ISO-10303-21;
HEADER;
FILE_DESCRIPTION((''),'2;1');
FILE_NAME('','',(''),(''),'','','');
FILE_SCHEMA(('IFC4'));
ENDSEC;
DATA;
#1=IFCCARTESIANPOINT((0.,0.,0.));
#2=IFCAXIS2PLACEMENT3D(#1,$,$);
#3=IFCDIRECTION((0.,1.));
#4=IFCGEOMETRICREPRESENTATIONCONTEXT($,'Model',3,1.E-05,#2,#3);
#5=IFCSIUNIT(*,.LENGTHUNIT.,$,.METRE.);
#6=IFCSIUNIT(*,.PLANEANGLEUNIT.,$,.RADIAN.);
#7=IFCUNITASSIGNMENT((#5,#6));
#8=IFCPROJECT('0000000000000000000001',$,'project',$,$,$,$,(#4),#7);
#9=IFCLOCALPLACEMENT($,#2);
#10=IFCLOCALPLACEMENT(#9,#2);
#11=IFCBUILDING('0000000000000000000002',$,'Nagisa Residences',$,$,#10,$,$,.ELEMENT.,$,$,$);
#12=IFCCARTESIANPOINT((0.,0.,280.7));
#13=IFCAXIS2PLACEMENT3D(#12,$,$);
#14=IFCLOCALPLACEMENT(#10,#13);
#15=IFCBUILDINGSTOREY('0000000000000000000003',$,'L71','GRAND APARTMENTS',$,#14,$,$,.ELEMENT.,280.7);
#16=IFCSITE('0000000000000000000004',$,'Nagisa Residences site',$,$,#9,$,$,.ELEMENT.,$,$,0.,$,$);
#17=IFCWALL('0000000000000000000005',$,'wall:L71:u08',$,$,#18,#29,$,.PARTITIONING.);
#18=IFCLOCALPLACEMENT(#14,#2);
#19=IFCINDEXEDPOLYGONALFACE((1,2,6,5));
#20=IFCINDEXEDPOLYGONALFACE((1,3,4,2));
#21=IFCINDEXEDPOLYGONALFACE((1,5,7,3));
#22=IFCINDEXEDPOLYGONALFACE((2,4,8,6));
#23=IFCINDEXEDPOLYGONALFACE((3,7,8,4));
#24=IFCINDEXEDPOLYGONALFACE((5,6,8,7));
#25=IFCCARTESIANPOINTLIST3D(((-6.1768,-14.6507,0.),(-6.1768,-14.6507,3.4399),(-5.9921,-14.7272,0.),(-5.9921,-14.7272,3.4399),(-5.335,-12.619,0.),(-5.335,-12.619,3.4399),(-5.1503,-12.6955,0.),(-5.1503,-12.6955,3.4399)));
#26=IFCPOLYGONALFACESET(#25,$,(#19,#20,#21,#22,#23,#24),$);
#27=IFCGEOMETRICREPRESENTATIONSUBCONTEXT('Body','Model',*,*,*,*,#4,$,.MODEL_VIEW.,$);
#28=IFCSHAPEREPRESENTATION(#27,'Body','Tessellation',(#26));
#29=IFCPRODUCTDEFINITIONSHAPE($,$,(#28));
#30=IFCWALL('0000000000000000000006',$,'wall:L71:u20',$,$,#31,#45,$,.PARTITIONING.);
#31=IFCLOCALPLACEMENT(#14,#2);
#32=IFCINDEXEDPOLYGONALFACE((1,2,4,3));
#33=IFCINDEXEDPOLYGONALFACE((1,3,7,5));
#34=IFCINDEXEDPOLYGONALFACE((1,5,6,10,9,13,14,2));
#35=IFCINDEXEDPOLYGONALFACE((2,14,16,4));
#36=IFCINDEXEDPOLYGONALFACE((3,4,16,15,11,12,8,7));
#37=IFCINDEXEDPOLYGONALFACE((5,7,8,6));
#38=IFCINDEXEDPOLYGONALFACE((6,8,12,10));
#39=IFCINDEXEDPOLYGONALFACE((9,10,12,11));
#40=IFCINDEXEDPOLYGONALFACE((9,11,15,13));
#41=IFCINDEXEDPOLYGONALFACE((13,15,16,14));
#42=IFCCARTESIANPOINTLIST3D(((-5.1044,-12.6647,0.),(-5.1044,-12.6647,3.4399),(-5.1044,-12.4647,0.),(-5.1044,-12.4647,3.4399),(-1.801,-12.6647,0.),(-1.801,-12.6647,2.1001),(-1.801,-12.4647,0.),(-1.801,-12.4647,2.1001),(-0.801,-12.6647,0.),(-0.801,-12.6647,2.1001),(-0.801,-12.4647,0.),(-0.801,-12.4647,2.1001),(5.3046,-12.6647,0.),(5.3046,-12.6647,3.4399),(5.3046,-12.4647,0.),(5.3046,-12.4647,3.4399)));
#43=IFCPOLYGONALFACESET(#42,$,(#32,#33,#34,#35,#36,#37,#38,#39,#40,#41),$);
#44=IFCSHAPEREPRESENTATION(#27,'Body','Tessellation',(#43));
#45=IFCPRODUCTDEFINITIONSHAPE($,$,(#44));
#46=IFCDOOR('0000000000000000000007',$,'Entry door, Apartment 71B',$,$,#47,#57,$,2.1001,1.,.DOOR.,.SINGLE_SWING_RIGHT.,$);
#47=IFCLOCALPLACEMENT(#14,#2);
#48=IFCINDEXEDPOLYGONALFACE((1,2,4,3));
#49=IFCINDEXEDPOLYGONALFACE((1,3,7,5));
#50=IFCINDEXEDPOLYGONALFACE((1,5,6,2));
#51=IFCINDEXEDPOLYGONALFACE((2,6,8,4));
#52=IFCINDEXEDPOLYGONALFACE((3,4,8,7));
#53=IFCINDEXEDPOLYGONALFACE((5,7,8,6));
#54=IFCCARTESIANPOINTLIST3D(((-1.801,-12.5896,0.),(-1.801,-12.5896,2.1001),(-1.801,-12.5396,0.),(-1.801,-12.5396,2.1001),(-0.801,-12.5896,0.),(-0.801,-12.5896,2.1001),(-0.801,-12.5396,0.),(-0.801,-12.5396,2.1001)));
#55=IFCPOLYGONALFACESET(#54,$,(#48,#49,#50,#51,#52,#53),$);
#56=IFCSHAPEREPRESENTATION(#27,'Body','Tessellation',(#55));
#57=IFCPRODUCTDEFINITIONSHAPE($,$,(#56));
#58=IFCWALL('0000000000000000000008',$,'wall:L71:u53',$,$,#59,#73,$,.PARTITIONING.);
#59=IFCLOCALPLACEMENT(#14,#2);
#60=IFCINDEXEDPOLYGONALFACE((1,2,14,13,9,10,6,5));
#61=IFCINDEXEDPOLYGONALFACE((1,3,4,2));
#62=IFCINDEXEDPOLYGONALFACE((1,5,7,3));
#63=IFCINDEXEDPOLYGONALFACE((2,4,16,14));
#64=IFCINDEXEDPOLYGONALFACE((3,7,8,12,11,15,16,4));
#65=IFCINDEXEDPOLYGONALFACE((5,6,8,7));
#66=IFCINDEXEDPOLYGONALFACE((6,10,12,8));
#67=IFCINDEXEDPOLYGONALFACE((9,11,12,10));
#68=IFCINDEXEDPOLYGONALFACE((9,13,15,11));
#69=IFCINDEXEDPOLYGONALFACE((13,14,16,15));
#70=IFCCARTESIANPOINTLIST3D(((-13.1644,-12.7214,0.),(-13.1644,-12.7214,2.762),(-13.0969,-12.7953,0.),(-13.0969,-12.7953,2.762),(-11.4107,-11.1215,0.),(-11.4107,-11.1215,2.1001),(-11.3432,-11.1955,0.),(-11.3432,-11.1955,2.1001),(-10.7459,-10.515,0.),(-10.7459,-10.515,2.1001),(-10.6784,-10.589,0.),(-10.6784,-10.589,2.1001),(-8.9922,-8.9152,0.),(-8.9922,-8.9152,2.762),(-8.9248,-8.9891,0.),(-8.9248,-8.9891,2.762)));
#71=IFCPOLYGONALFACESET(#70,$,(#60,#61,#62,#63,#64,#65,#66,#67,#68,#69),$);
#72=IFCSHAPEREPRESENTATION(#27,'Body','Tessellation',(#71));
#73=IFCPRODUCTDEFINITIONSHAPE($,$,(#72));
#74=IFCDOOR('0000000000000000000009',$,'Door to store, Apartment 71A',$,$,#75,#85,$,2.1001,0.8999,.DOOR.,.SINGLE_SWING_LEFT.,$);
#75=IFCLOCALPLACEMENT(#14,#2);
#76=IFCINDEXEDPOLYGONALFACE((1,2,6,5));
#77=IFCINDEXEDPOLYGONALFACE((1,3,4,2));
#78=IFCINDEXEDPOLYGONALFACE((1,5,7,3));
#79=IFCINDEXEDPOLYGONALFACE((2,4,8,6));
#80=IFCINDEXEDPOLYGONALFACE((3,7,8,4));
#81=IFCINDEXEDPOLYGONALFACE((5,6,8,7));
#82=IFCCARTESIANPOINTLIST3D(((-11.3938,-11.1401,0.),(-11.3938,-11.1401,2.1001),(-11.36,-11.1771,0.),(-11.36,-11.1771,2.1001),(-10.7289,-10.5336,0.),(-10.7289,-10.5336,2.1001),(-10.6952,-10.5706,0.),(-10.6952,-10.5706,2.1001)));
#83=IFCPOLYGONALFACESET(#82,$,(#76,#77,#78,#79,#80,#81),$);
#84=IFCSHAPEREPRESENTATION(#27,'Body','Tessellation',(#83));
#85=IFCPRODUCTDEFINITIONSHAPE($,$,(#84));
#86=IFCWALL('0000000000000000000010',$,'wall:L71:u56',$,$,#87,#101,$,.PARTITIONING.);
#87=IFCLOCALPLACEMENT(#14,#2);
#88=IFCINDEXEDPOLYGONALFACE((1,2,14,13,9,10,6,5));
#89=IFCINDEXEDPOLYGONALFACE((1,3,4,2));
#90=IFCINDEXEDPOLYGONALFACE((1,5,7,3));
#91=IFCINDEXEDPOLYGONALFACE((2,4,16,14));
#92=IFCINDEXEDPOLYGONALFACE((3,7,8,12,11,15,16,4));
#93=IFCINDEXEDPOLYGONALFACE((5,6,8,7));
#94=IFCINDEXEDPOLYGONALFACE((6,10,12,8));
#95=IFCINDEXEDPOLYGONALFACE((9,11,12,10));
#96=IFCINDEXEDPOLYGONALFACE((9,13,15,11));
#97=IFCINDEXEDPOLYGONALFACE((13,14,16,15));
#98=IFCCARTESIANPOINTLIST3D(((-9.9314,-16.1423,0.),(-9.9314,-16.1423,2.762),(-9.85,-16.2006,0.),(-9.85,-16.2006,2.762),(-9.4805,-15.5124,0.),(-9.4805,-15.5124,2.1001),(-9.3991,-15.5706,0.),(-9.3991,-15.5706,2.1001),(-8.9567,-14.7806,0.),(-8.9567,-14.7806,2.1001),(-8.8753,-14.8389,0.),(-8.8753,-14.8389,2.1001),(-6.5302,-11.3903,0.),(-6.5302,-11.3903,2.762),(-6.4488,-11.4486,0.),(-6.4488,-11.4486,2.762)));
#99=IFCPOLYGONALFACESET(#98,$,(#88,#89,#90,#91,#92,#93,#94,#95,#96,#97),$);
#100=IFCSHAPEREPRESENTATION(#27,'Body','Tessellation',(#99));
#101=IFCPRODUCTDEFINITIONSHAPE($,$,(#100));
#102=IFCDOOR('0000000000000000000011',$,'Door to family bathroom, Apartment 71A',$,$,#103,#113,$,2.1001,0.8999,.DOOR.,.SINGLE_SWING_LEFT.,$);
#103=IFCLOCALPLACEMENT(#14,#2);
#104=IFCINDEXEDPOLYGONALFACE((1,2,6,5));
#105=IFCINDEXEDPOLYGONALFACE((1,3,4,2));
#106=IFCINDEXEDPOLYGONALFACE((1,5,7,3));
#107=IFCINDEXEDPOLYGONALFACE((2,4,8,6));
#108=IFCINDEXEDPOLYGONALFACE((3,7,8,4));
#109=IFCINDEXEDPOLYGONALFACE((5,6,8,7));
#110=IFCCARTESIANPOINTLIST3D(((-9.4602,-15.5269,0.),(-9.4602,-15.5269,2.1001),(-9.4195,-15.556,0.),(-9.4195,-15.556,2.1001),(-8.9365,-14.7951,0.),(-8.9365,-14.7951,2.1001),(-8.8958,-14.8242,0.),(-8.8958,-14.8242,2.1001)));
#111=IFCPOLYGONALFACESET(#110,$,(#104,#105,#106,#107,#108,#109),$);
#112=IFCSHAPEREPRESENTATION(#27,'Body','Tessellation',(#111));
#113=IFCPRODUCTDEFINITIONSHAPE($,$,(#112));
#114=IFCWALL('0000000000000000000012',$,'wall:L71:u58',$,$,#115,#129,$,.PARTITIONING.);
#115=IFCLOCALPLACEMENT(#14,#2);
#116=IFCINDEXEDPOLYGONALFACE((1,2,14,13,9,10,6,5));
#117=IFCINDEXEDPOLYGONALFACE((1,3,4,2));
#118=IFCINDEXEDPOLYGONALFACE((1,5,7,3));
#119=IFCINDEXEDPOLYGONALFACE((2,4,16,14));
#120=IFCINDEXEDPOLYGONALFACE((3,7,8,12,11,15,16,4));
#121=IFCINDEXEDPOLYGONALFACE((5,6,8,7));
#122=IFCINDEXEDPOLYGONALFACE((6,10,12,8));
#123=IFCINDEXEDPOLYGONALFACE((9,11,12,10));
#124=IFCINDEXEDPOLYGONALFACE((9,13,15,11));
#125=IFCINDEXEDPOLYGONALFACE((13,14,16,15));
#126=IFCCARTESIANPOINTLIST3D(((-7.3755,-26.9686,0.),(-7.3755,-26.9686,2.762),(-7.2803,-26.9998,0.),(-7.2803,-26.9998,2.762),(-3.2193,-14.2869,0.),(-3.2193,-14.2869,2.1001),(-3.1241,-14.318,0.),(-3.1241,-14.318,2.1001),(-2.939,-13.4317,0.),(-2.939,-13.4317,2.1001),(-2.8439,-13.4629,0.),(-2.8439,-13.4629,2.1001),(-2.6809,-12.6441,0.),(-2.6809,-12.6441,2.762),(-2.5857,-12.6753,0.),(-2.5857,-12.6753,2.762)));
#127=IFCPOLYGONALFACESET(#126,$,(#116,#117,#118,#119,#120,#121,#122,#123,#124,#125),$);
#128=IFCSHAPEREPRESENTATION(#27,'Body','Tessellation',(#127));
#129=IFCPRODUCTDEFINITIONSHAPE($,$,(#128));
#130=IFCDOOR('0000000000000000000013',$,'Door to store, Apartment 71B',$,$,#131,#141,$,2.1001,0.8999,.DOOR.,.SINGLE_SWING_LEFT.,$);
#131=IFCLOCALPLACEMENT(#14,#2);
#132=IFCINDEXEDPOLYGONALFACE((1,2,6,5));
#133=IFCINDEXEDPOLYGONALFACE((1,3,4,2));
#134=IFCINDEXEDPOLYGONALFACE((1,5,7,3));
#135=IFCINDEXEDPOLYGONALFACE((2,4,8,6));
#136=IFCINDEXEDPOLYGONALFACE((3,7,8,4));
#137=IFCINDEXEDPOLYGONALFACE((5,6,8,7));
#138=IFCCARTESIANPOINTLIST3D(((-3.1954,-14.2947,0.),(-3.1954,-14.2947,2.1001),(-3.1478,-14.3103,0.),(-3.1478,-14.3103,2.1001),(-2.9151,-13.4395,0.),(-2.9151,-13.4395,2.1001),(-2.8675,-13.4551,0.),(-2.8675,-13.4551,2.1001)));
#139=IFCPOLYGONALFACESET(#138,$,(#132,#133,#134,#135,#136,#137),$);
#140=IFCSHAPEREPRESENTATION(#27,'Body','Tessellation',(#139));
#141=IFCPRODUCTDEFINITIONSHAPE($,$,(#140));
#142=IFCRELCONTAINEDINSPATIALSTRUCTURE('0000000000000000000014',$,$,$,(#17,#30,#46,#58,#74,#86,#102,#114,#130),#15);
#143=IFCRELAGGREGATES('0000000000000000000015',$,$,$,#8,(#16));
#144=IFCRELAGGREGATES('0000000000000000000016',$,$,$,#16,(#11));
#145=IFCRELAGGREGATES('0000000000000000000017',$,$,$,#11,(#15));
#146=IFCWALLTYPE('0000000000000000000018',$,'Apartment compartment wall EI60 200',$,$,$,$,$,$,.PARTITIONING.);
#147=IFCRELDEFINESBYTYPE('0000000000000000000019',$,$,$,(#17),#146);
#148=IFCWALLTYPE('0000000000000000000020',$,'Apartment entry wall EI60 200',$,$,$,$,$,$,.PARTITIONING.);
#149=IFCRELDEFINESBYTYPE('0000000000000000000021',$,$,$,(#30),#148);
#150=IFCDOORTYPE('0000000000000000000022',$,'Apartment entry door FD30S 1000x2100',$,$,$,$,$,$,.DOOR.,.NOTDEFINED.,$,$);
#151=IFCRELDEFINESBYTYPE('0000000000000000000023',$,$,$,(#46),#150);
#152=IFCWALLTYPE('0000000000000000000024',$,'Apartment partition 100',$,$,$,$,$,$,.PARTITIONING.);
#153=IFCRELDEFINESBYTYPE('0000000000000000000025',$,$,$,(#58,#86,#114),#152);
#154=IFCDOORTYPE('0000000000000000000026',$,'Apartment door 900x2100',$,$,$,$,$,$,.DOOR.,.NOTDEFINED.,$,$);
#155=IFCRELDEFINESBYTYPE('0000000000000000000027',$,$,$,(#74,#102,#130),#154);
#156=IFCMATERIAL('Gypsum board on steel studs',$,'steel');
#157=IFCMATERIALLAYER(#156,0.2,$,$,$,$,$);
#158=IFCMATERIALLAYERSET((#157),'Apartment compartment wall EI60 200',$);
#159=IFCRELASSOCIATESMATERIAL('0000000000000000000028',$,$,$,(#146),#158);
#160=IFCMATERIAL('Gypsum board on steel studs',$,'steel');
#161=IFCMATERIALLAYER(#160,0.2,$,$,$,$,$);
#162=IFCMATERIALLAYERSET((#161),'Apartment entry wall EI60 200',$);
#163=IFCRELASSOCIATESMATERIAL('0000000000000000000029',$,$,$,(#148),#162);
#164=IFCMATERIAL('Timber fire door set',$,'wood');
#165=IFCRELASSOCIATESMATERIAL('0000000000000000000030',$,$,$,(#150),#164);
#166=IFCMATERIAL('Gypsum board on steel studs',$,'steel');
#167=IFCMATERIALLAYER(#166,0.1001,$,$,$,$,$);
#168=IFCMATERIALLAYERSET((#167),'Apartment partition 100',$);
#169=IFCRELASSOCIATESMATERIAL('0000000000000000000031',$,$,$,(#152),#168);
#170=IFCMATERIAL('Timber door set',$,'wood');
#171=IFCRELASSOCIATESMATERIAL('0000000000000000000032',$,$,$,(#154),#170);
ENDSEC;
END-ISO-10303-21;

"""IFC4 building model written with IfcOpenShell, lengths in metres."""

from ifc_helpers import new_model, si_unit, direction, frame, frame_2d, origin, place, context, subcontext, project, spatial, rectangle, extrude, material, layer, layer_set, type_object, element, fill, save


model = new_model("IFC4")

# Units and contexts
model_context = context("Model", 3, precision=1e-05, world=origin(), true_north=direction((0.0, 1.0)))
body_context = subcontext(model_context, "Body", "Model", "MODEL_VIEW")
ifc_project = project(units=[si_unit("LENGTHUNIT", "METRE"), si_unit("PLANEANGLEUNIT", "RADIAN")], contexts=[model_context])

# Site, building, storey
site_placement = place(None, origin())
site = spatial("IfcSite", under=ifc_project, at=site_placement, Name="Nagisa Residences site", CompositionType="ELEMENT", RefElevation=0.0)
building_placement = place(site_placement, origin())
building = spatial("IfcBuilding", under=site, at=building_placement, Name="Nagisa Residences", CompositionType="ELEMENT")
storey_placement = place(building_placement, frame((0.0, 0.0, 280.7)))
storey = spatial("IfcBuildingStorey", under=building, at=storey_placement, Name="L71", Description="GRAND APARTMENTS", CompositionType="ELEMENT", Elevation=280.7)

# Wall
ifc_material_1 = material(Name="Gypsum board on steel studs", Category="steel")
ifc_layer_1 = layer(ifc_material_1, 0.2)
ifc_layer_set_1 = layer_set([ifc_layer_1], Name="Apartment compartment wall EI60 200")
wall_type_1 = type_object("IfcWallType", Name="Apartment compartment wall EI60 200", PredefinedType="PARTITIONING", material=ifc_layer_set_1)
wall_1_placement = place(storey_placement, frame((-5.2427, -12.6572, 0.0), z_axis=(0.0, 0.0, 1.0), x_axis=(-0.38277, -0.923844, 0.0)))
element("IfcWall", 1, at=wall_1_placement, inside=storey, type_object=wall_type_1, Name="wall:L71:u08", PredefinedType="PARTITIONING", context=body_context, shape_type="SweptSolid", body=[
    extrude(rectangle(XDim=2.1992, YDim=0.2, at=frame_2d((1.0996, 0.0))), origin(), (0.0, 0.0, 1.0), 3.4399),
])

# Walls, openings, doors
ifc_material_2 = material(Name="Gypsum board on steel studs", Category="steel")
ifc_layer_2 = layer(ifc_material_2, 0.2)
ifc_layer_set_2 = layer_set([ifc_layer_2], Name="Apartment entry wall EI60 200")
wall_type_2 = type_object("IfcWallType", Name="Apartment entry wall EI60 200", PredefinedType="PARTITIONING", material=ifc_layer_set_2)
wall_2_placement = place(storey_placement, frame((-5.1045, -12.5647, 0.0), z_axis=(0.0, 0.0, 1.0), x_axis=(1.0, 0.0, 0.0)))
wall_2 = element("IfcWall", 2, at=wall_2_placement, inside=storey, type_object=wall_type_2, Name="wall:L71:u20", PredefinedType="PARTITIONING", context=body_context, shape_type="SweptSolid", body=[
    extrude(rectangle(XDim=10.4089, YDim=0.2, at=frame_2d((5.2046, 0.0))), origin(), (0.0, 0.0, 1.0), 3.4399),
])
opening_1_placement = place(wall_2_placement, frame((3.3035, 0.0, 0.0)))
opening_1 = element("IfcOpeningElement", 3, at=opening_1_placement, cuts=wall_2, PredefinedType="OPENING", context=body_context, shape_type="SweptSolid", body=[
    extrude(rectangle(XDim=1.0, YDim=2.1001, at=frame_2d((0.5, 1.05))), frame((0.0, 0.1099, 0.0), z_axis=(0.0, -1.0, 0.0), x_axis=(1.0, 0.0, 0.0)), (0.0, 0.0, 1.0), 0.22),
])
ifc_material_3 = material(Name="Timber fire door set", Category="wood")
door_type_1 = type_object("IfcDoorType", Name="Apartment entry door FD30S 1000x2100", OperationType="NOTDEFINED", PredefinedType="DOOR", material=ifc_material_3)
door_1_placement = place(opening_1_placement, frame((1.0, 0.0, 0.0), x_axis=(-1.0, 0.0, 0.0)))
door_1 = element("IfcDoor", 4, at=door_1_placement, inside=storey, type_object=door_type_1, Name="Entry door, Apartment 71B", OperationType="SINGLE_SWING_RIGHT", OverallHeight=2.1001, OverallWidth=1.0, PredefinedType="DOOR", context=body_context, shape_type="SweptSolid", body=[
    extrude(rectangle(XDim=1.0, YDim=2.1001, at=frame_2d((0.5, 1.05))), frame((0.0, 0.0249, 0.0), z_axis=(0.0, -1.0, 0.0), x_axis=(1.0, 0.0, 0.0)), (0.0, 0.0, 1.0), 0.05),
])
fill(opening_1, door_1)
ifc_material_4 = material(Name="Gypsum board on steel studs", Category="steel")
ifc_layer_3 = layer(ifc_material_4, 0.1001)
ifc_layer_set_3 = layer_set([ifc_layer_3], Name="Apartment partition 100")
wall_type_3 = type_object("IfcWallType", Name="Apartment partition 100", PredefinedType="PARTITIONING", material=ifc_layer_set_3)
wall_3_placement = place(storey_placement, frame((-8.9585, -8.9521, 0.0), z_axis=(0.0, 0.0, 1.0), x_axis=(-0.738765, -0.673963, 0.0)))
wall_3 = element("IfcWall", 5, at=wall_3_placement, inside=storey, type_object=wall_type_3, Name="wall:L71:u53", PredefinedType="PARTITIONING", context=body_context, shape_type="SweptSolid", body=[
    extrude(rectangle(XDim=5.6475, YDim=0.1001, at=frame_2d((2.8237, 0.0))), origin(), (0.0, 0.0, 1.0), 2.762),
])
opening_2_placement = place(wall_3_placement, frame((2.3738, 0.0, 0.0)))
opening_2 = element("IfcOpeningElement", 6, at=opening_2_placement, cuts=wall_3, PredefinedType="OPENING", context=body_context, shape_type="SweptSolid", body=[
    extrude(rectangle(XDim=0.8999, YDim=2.1001, at=frame_2d((0.45, 1.05))), frame((0.0, 0.0601, 0.0), z_axis=(0.0, -1.0, 0.0), x_axis=(1.0, 0.0, 0.0)), (0.0, 0.0, 1.0), 0.1201),
])
ifc_material_5 = material(Name="Timber door set", Category="wood")
door_type_2 = type_object("IfcDoorType", Name="Apartment door 900x2100", OperationType="NOTDEFINED", PredefinedType="DOOR", material=ifc_material_5)
door_2_placement = place(opening_2_placement, frame((0.8999, 0.0, 0.0), x_axis=(-1.0, 0.0, 0.0)))
door_2 = element("IfcDoor", 7, at=door_2_placement, inside=storey, type_object=door_type_2, Name="Door to store, Apartment 71A", OperationType="SINGLE_SWING_LEFT", OverallHeight=2.1001, OverallWidth=0.8999, PredefinedType="DOOR", context=body_context, shape_type="SweptSolid", body=[
    extrude(rectangle(XDim=0.8999, YDim=2.1001, at=frame_2d((0.45, 1.05))), frame((0.0, 0.0249, 0.0), z_axis=(0.0, -1.0, 0.0), x_axis=(1.0, 0.0, 0.0)), (0.0, 0.0, 1.0), 0.05),
])
fill(opening_2, door_2)
wall_4_placement = place(storey_placement, frame((-6.4895, -11.4194, 0.0), z_axis=(0.0, 0.0, 1.0), x_axis=(-0.582016, -0.813177, 0.0)))
wall_4 = element("IfcWall", 8, at=wall_4_placement, inside=storey, type_object=wall_type_3, Name="wall:L71:u56", PredefinedType="PARTITIONING", context=body_context, shape_type="SweptSolid", body=[
    extrude(rectangle(XDim=5.8438, YDim=0.1001, at=frame_2d((2.9219, 0.0))), origin(), (0.0, 0.0, 1.0), 2.762),
])
opening_3_placement = place(wall_4_placement, frame((4.1692, 0.0, 0.0)))
opening_3 = element("IfcOpeningElement", 9, at=opening_3_placement, cuts=wall_4, PredefinedType="OPENING", context=body_context, shape_type="SweptSolid", body=[
    extrude(rectangle(XDim=0.8999, YDim=2.1001, at=frame_2d((0.45, 1.05))), frame((0.0, 0.0601, 0.0), z_axis=(0.0, -1.0, 0.0), x_axis=(1.0, 0.0, 0.0)), (0.0, 0.0, 1.0), 0.1201),
])
door_3_placement = place(opening_3_placement, origin())
door_3 = element("IfcDoor", 10, at=door_3_placement, inside=storey, type_object=door_type_2, Name="Door to family bathroom, Apartment 71A", OperationType="SINGLE_SWING_LEFT", OverallHeight=2.1001, OverallWidth=0.8999, PredefinedType="DOOR", context=body_context, shape_type="SweptSolid", body=[
    extrude(rectangle(XDim=0.8999, YDim=2.1001, at=frame_2d((0.45, 1.05))), frame((0.0, 0.0249, 0.0), z_axis=(0.0, -1.0, 0.0), x_axis=(1.0, 0.0, 0.0)), (0.0, 0.0, 1.0), 0.05),
])
fill(opening_3, door_3)
wall_5_placement = place(storey_placement, frame((-2.6333, -12.6597, 0.0), z_axis=(0.0, 0.0, 1.0), x_axis=(-0.311433, -0.950268, 0.0)))
wall_5 = element("IfcWall", 11, at=wall_5_placement, inside=storey, type_object=wall_type_3, Name="wall:L71:u58", PredefinedType="PARTITIONING", context=body_context, shape_type="SweptSolid", body=[
    extrude(rectangle(XDim=15.0742, YDim=0.1001, at=frame_2d((7.5371, 0.0))), origin(), (0.0, 0.0, 1.0), 2.762),
])
opening_4_placement = place(wall_5_placement, frame((0.8289, 0.0, 0.0)))
opening_4 = element("IfcOpeningElement", 12, at=opening_4_placement, cuts=wall_5, PredefinedType="OPENING", context=body_context, shape_type="SweptSolid", body=[
    extrude(rectangle(XDim=0.8999, YDim=2.1001, at=frame_2d((0.45, 1.05))), frame((0.0, 0.0601, 0.0), z_axis=(0.0, -1.0, 0.0), x_axis=(1.0, 0.0, 0.0)), (0.0, 0.0, 1.0), 0.1201),
])
door_4_placement = place(opening_4_placement, frame((0.8999, 0.0, 0.0), x_axis=(-1.0, 0.0, 0.0)))
door_4 = element("IfcDoor", 13, at=door_4_placement, inside=storey, type_object=door_type_2, Name="Door to store, Apartment 71B", OperationType="SINGLE_SWING_LEFT", OverallHeight=2.1001, OverallWidth=0.8999, PredefinedType="DOOR", context=body_context, shape_type="SweptSolid", body=[
    extrude(rectangle(XDim=0.8999, YDim=2.1001, at=frame_2d((0.45, 1.05))), frame((0.0, 0.0249, 0.0), z_axis=(0.0, -1.0, 0.0), x_axis=(1.0, 0.0, 0.0)), (0.0, 0.0, 1.0), 0.05),
])
fill(opening_4, door_4)

save(model, "model.ifc")
